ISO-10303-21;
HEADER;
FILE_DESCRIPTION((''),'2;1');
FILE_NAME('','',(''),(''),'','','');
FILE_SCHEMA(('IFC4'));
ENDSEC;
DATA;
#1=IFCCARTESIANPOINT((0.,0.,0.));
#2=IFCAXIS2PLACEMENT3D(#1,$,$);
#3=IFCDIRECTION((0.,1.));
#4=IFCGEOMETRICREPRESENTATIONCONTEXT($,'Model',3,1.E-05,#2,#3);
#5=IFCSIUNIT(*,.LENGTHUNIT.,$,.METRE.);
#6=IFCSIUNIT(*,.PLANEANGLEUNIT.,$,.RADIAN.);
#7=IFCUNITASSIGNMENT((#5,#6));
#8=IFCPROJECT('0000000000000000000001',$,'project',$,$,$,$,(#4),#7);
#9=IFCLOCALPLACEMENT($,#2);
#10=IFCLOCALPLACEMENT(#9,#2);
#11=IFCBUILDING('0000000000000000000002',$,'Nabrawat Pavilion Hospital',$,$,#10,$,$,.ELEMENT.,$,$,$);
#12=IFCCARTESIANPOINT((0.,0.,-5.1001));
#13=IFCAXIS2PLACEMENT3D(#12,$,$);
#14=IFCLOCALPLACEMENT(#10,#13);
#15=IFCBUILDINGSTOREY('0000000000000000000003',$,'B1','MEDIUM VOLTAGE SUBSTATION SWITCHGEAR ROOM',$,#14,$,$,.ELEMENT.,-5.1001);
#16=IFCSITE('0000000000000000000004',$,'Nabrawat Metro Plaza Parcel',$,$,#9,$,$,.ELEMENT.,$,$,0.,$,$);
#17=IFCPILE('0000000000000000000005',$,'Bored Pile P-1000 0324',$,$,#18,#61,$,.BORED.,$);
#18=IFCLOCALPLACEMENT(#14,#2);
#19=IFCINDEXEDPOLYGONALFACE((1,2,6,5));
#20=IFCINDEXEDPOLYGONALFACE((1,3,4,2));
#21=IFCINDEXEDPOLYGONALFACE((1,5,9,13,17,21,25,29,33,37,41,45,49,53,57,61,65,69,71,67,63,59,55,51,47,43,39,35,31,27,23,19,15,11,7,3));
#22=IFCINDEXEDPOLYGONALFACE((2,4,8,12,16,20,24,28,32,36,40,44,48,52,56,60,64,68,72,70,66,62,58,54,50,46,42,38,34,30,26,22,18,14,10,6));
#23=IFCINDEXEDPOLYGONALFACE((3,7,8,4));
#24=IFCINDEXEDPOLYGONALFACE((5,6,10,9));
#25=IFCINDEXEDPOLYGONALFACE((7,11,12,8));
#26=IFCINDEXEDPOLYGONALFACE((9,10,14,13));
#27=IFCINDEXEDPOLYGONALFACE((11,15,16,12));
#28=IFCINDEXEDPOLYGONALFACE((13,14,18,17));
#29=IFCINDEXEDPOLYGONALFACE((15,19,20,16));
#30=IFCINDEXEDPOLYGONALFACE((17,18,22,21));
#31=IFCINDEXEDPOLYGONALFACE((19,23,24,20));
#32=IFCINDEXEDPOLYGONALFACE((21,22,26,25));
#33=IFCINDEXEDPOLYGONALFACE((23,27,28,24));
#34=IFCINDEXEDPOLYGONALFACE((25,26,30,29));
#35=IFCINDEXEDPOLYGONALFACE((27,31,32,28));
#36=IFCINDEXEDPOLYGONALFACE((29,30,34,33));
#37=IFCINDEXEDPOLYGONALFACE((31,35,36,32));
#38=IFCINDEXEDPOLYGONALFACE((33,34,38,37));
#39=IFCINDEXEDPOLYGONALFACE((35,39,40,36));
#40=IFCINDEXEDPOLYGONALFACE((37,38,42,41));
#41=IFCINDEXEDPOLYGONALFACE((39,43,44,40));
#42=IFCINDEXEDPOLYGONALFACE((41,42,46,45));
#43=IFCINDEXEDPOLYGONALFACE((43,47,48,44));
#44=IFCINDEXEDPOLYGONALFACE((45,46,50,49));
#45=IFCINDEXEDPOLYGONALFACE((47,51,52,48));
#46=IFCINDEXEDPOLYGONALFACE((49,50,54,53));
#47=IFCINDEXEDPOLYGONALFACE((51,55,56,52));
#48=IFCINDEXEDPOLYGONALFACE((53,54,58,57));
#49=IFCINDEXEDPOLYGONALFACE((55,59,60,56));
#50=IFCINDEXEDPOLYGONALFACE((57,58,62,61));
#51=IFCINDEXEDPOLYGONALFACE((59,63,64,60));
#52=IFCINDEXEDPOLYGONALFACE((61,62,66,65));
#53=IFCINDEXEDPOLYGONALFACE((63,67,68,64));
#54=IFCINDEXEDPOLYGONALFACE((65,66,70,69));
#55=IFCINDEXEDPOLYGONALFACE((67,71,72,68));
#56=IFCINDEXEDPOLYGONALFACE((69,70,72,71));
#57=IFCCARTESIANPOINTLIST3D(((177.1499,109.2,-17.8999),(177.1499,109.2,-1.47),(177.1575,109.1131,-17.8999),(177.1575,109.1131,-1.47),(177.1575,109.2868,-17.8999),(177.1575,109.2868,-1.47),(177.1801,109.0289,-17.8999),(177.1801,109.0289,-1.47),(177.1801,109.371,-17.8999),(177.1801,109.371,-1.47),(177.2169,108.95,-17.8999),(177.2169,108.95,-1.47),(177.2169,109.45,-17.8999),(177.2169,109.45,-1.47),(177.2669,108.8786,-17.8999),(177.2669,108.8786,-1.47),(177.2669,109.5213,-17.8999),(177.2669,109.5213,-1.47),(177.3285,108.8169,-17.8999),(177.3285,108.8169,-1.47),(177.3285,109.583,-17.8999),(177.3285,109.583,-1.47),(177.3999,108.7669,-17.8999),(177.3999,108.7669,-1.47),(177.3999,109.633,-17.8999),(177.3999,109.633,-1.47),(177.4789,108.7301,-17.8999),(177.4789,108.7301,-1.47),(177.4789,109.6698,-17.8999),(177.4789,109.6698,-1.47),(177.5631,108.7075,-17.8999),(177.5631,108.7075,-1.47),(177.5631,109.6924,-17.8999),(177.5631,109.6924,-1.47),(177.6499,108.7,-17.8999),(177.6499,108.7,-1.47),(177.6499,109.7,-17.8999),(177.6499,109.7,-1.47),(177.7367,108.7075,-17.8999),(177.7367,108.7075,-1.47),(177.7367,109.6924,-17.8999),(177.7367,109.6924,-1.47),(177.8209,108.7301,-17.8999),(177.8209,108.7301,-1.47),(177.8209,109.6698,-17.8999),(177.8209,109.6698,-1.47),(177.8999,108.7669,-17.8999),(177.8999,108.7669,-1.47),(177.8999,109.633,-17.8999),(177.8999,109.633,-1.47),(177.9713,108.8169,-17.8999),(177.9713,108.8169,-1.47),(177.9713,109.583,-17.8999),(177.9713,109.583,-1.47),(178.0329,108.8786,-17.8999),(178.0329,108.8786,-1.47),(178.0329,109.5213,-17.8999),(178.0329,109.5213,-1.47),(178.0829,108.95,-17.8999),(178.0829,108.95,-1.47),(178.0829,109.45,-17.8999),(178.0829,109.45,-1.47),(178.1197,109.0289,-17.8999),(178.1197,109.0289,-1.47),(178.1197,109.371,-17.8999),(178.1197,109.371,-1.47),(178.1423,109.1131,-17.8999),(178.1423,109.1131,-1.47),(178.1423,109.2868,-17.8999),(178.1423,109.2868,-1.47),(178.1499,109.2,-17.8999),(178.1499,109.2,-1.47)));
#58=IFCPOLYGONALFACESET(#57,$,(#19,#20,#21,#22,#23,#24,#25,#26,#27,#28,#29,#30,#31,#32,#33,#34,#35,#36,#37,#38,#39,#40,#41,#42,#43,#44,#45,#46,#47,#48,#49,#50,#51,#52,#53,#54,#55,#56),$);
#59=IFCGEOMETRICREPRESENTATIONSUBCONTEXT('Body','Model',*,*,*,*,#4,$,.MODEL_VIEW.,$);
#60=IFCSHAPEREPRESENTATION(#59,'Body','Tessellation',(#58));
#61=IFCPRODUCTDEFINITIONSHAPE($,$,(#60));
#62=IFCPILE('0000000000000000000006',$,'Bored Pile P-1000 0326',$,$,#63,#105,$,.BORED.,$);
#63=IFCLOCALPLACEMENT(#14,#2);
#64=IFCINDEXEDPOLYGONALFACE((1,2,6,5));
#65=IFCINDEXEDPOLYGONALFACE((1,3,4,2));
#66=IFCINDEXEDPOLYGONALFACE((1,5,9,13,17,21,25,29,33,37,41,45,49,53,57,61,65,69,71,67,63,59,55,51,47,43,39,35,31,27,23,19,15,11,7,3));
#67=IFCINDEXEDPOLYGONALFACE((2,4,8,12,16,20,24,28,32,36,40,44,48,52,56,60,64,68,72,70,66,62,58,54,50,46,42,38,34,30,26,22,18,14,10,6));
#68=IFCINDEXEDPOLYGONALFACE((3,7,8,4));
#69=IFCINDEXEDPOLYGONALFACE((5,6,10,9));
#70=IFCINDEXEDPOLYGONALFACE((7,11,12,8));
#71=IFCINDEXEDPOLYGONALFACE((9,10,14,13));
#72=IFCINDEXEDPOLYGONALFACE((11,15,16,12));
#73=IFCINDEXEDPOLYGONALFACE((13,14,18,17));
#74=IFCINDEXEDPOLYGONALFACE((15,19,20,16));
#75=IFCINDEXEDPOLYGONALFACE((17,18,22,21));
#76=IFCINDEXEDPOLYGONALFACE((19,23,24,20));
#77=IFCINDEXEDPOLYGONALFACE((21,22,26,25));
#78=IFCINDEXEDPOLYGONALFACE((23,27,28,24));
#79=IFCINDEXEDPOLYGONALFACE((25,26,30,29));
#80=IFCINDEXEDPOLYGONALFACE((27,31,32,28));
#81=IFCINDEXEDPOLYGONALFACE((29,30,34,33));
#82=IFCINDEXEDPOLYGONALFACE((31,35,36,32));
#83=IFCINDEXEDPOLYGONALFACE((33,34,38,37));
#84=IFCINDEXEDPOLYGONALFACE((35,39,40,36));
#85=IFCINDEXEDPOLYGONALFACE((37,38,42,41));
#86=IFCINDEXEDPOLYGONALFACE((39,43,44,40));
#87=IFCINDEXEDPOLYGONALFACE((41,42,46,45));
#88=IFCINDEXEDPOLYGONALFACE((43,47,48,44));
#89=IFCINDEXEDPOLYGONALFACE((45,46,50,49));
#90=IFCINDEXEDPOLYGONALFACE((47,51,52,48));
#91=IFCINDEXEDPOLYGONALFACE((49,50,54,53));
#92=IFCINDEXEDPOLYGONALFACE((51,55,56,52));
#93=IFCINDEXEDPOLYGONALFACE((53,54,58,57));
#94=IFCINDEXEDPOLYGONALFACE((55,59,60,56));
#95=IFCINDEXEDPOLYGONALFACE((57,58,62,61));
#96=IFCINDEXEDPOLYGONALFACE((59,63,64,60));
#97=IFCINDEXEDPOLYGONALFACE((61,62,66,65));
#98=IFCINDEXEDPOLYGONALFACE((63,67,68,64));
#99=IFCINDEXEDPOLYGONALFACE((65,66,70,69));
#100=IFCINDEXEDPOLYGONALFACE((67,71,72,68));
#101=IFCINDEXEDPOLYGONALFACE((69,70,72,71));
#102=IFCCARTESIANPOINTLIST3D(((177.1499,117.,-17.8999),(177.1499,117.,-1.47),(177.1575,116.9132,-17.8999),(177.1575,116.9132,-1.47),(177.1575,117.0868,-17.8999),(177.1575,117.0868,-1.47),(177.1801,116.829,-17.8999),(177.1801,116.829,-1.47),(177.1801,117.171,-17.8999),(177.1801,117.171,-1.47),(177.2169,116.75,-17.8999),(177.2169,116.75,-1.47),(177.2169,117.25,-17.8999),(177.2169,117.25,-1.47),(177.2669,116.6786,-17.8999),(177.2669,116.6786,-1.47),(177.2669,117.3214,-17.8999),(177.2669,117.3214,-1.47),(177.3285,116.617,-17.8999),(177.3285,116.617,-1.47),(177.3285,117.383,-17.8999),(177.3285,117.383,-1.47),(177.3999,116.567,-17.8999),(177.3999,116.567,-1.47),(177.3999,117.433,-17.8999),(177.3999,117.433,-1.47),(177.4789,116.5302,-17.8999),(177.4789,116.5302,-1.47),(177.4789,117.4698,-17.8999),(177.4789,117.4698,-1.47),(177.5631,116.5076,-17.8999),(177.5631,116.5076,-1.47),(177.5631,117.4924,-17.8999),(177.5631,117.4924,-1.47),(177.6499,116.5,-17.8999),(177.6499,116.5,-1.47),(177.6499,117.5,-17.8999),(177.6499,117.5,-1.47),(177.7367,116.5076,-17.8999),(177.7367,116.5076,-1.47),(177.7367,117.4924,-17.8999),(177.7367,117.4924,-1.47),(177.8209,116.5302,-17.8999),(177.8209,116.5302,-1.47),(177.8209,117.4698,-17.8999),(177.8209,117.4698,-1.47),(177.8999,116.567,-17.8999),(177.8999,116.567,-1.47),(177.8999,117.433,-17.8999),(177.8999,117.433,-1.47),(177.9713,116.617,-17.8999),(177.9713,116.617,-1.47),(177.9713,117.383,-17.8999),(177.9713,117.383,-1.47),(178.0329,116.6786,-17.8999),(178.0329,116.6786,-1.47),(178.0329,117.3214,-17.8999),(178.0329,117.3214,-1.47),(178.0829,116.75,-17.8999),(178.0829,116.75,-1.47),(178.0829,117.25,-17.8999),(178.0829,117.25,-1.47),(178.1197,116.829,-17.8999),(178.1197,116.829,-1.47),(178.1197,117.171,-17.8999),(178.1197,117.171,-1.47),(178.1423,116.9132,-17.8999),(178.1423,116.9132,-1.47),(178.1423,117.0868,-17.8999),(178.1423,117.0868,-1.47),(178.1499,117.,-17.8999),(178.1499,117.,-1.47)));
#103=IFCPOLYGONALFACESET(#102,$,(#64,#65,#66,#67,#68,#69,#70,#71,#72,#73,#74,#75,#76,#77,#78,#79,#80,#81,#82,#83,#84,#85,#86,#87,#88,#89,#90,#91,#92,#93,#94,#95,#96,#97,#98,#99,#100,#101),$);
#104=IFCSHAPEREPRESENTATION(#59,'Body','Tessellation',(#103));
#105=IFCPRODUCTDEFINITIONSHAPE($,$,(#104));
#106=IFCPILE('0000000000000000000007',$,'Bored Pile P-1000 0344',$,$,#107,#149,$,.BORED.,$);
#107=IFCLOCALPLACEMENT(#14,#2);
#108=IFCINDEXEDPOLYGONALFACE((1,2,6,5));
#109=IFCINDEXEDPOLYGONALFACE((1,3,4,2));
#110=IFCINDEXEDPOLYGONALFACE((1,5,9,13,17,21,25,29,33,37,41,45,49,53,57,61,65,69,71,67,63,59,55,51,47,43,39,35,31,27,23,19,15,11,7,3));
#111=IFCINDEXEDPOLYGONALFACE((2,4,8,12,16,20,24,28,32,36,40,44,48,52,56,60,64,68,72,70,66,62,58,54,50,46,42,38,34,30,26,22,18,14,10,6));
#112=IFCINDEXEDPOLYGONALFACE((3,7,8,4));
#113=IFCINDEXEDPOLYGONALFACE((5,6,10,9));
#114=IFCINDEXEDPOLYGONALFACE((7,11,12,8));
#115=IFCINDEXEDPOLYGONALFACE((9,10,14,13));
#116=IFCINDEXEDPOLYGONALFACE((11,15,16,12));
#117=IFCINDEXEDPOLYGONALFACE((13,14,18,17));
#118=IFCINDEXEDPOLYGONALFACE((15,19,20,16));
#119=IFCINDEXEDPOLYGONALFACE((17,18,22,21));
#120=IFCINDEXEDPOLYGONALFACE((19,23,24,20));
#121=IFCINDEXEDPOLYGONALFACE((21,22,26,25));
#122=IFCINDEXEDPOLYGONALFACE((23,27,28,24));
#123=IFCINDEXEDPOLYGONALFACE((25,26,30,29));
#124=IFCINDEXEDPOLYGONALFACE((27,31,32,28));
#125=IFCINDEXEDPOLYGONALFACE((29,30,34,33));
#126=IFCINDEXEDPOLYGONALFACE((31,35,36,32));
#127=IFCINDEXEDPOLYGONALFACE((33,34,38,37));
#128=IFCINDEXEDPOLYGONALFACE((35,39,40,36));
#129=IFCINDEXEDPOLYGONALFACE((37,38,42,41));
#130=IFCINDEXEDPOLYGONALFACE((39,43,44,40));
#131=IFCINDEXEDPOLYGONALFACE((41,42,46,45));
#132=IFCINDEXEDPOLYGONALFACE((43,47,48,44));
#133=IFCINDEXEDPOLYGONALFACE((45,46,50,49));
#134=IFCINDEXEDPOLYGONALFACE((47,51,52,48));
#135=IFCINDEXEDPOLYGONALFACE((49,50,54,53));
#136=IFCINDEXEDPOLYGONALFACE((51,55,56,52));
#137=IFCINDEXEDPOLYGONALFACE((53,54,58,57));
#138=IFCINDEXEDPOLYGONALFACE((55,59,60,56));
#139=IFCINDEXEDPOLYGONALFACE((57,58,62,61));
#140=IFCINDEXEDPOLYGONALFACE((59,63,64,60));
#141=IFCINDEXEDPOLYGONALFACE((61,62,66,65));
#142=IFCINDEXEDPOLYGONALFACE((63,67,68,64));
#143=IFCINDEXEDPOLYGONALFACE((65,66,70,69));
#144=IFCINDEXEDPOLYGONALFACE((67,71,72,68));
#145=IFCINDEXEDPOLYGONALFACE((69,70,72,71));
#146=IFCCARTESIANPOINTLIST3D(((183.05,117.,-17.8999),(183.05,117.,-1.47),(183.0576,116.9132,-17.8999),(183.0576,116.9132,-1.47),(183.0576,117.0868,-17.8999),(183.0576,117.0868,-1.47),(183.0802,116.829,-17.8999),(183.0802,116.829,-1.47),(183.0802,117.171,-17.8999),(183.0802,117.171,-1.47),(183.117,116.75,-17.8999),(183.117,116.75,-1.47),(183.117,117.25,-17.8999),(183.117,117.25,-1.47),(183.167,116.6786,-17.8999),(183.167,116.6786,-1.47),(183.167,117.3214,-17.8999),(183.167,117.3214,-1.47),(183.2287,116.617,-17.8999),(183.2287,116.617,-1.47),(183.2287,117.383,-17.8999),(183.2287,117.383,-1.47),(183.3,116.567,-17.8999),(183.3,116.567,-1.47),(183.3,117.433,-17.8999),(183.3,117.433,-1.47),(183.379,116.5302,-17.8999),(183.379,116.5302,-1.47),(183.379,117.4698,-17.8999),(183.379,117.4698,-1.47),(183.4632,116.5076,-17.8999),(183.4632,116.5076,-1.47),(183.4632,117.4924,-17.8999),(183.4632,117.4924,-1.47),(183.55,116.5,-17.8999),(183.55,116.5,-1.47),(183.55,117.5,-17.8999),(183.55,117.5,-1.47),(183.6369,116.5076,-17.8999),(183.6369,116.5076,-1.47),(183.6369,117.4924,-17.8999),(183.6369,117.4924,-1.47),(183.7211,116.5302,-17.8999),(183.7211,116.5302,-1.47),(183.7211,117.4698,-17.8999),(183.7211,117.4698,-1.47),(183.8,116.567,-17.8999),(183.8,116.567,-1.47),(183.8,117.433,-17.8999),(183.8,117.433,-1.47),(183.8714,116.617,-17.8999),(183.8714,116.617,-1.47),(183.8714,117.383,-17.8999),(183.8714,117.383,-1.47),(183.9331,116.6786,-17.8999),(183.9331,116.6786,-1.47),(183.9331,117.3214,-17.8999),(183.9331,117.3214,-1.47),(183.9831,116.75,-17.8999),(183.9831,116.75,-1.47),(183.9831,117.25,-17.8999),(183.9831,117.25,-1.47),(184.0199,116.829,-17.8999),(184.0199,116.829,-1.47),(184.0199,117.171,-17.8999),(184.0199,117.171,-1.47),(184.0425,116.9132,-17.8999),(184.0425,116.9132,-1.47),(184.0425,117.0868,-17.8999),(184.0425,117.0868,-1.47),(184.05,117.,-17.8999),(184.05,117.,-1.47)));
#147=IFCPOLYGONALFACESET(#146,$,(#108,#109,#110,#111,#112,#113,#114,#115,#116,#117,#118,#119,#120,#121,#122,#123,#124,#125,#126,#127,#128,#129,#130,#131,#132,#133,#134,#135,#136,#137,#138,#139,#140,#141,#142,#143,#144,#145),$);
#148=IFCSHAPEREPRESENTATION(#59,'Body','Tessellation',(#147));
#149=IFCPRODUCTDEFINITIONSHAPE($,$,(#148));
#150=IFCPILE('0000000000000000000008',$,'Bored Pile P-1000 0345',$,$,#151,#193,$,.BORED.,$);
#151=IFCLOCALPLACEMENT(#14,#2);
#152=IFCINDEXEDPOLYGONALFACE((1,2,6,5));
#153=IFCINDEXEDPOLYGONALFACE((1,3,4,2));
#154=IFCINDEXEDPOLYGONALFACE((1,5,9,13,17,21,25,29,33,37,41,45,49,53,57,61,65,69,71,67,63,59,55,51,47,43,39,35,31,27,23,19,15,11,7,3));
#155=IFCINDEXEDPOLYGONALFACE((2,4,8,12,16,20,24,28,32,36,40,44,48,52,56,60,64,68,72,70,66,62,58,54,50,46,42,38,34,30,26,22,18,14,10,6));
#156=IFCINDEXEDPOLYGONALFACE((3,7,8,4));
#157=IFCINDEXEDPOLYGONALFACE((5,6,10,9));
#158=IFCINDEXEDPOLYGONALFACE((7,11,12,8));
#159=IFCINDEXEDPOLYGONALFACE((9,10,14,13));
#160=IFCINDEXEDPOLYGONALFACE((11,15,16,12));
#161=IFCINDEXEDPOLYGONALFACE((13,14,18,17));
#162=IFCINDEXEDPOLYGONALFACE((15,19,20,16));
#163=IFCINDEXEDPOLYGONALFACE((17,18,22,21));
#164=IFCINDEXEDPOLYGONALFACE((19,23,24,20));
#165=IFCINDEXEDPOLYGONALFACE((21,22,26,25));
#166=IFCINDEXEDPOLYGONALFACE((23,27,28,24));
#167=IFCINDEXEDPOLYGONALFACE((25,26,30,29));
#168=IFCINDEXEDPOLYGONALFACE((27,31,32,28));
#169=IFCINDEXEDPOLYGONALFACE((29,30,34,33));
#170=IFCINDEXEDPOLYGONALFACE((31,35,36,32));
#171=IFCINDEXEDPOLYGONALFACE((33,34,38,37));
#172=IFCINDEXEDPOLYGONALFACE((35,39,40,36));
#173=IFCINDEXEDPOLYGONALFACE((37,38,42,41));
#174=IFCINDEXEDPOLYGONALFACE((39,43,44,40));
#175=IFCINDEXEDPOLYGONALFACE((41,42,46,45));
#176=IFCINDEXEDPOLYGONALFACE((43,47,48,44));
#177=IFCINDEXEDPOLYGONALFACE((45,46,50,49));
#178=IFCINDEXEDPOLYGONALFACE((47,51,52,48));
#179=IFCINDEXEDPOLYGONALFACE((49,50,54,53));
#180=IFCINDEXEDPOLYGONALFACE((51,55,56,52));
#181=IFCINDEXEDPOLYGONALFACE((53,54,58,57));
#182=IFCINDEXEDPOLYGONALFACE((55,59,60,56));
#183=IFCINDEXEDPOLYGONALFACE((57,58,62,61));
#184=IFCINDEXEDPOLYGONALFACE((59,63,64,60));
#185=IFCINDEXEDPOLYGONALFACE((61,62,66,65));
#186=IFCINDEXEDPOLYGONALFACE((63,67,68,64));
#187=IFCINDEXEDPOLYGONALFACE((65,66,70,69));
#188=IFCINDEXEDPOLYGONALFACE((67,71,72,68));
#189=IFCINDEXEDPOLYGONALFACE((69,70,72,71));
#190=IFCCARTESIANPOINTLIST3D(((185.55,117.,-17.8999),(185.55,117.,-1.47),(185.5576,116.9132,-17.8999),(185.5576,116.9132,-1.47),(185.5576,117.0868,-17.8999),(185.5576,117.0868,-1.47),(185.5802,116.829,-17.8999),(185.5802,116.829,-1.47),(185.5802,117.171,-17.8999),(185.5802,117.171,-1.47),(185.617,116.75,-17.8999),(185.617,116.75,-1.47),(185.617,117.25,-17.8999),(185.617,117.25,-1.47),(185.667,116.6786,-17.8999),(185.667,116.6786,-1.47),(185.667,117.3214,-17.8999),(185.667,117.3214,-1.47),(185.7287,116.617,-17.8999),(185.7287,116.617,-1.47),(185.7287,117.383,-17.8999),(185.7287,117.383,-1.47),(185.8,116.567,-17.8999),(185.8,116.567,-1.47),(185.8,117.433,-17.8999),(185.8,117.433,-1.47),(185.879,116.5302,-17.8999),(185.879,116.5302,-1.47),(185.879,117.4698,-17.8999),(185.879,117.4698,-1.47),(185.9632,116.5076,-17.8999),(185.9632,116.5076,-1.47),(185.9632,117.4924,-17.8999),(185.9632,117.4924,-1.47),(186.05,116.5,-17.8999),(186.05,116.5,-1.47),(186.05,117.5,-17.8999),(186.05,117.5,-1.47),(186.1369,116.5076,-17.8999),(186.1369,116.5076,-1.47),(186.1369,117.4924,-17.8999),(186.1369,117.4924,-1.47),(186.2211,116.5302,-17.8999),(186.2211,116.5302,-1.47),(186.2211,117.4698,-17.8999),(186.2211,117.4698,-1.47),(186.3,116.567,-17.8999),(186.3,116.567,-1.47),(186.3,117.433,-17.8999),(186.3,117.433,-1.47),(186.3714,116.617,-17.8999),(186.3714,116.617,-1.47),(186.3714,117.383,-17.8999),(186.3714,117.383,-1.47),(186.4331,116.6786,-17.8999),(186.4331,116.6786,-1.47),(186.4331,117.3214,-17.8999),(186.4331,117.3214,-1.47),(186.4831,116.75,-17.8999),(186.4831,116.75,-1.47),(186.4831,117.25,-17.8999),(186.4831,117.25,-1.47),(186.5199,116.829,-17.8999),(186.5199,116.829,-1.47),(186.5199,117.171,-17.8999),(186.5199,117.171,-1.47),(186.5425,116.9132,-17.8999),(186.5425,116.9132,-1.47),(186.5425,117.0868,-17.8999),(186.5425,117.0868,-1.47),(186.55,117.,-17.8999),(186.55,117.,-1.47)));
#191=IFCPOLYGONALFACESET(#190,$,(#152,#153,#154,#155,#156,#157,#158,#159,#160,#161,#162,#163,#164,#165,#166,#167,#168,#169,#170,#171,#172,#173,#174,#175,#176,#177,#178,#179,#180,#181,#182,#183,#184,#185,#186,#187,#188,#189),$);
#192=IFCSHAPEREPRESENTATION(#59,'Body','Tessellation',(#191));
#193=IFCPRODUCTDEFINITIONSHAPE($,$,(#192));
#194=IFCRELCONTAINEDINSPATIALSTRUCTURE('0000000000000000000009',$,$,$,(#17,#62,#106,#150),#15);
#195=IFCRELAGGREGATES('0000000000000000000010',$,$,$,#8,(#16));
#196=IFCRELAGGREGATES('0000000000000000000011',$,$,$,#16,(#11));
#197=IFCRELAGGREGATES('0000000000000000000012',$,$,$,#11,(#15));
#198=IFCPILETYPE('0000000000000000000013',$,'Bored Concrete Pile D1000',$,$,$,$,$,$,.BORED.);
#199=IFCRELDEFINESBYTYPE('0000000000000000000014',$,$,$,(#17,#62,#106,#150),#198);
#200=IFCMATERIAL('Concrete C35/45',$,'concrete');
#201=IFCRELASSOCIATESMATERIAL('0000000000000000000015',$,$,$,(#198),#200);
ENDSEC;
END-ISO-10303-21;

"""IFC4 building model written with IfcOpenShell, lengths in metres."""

from ifc_helpers import new_model, si_unit, direction, frame, origin, origin_2d, place, context, subcontext, project, spatial, circle, extrude, material, material_profile, profile_set, type_object, element, save


model = new_model("IFC4")

# Units and contexts
model_context = context("Model", 3, precision=1e-05, world=origin(), true_north=direction((0.0, 1.0)))
body_context = subcontext(model_context, "Body", "Model", "MODEL_VIEW")
ifc_project = project(units=[si_unit("LENGTHUNIT", "METRE"), si_unit("PLANEANGLEUNIT", "RADIAN")], contexts=[model_context])

# Site, building, storey
site_placement = place(None, origin())
site = spatial("IfcSite", under=ifc_project, at=site_placement, Name="Nabrawat Metro Plaza Parcel", CompositionType="ELEMENT", RefElevation=0.0)
building_placement = place(site_placement, origin())
building = spatial("IfcBuilding", under=site, at=building_placement, Name="Nabrawat Pavilion Hospital", CompositionType="ELEMENT")
storey_placement = place(building_placement, frame((0.0, 0.0, -5.1001)))
storey = spatial("IfcBuildingStorey", under=building, at=storey_placement, Name="B1", Description="MEDIUM VOLTAGE SUBSTATION SWITCHGEAR ROOM", CompositionType="ELEMENT", Elevation=-5.1001)

# Piles
ifc_material_1 = material(Name="Concrete C35/45", Category="concrete")
ifc_material_profile_1 = material_profile(ifc_material_1, circle(Radius=0.5, at=origin_2d()), Name="DIA 1000")
ifc_profile_set_1 = profile_set([ifc_material_profile_1], Name="Concrete C35/45")
pile_type_1 = type_object("IfcPileType", Name="Bored Concrete Pile D1000", PredefinedType="BORED", material=ifc_profile_set_1)
for number, where, z_axis, x_axis, name in (
    (1, (177.6499, 109.2, -1.47), (0.0, 0.0, -1.0), (1.0, 0.0, 0.0), "Bored Pile P-1000 0324"),
    (2, (177.6499, 117.0, -1.47), (0.0, 0.0, -1.0), (1.0, 0.0, 0.0), "Bored Pile P-1000 0326"),
    (3, (183.55, 117.0, -1.47), (0.0, 0.0, -1.0), (1.0, 0.0, 0.0), "Bored Pile P-1000 0344"),
    (4, (186.05, 117.0, -1.47), (0.0, 0.0, -1.0), (1.0, 0.0, 0.0), "Bored Pile P-1000 0345"),
):
    element("IfcPile", number, at=place(storey_placement, frame(where, z_axis=z_axis, x_axis=x_axis)), inside=storey, type_object=pile_type_1, Name=name, PredefinedType="BORED", context=body_context, shape_type="SweptSolid", body=[
        extrude(circle(Radius=0.5, at=origin_2d()), origin(), (0.0, 0.0, 1.0), 16.4299),
    ])

save(model, "model.ifc")
